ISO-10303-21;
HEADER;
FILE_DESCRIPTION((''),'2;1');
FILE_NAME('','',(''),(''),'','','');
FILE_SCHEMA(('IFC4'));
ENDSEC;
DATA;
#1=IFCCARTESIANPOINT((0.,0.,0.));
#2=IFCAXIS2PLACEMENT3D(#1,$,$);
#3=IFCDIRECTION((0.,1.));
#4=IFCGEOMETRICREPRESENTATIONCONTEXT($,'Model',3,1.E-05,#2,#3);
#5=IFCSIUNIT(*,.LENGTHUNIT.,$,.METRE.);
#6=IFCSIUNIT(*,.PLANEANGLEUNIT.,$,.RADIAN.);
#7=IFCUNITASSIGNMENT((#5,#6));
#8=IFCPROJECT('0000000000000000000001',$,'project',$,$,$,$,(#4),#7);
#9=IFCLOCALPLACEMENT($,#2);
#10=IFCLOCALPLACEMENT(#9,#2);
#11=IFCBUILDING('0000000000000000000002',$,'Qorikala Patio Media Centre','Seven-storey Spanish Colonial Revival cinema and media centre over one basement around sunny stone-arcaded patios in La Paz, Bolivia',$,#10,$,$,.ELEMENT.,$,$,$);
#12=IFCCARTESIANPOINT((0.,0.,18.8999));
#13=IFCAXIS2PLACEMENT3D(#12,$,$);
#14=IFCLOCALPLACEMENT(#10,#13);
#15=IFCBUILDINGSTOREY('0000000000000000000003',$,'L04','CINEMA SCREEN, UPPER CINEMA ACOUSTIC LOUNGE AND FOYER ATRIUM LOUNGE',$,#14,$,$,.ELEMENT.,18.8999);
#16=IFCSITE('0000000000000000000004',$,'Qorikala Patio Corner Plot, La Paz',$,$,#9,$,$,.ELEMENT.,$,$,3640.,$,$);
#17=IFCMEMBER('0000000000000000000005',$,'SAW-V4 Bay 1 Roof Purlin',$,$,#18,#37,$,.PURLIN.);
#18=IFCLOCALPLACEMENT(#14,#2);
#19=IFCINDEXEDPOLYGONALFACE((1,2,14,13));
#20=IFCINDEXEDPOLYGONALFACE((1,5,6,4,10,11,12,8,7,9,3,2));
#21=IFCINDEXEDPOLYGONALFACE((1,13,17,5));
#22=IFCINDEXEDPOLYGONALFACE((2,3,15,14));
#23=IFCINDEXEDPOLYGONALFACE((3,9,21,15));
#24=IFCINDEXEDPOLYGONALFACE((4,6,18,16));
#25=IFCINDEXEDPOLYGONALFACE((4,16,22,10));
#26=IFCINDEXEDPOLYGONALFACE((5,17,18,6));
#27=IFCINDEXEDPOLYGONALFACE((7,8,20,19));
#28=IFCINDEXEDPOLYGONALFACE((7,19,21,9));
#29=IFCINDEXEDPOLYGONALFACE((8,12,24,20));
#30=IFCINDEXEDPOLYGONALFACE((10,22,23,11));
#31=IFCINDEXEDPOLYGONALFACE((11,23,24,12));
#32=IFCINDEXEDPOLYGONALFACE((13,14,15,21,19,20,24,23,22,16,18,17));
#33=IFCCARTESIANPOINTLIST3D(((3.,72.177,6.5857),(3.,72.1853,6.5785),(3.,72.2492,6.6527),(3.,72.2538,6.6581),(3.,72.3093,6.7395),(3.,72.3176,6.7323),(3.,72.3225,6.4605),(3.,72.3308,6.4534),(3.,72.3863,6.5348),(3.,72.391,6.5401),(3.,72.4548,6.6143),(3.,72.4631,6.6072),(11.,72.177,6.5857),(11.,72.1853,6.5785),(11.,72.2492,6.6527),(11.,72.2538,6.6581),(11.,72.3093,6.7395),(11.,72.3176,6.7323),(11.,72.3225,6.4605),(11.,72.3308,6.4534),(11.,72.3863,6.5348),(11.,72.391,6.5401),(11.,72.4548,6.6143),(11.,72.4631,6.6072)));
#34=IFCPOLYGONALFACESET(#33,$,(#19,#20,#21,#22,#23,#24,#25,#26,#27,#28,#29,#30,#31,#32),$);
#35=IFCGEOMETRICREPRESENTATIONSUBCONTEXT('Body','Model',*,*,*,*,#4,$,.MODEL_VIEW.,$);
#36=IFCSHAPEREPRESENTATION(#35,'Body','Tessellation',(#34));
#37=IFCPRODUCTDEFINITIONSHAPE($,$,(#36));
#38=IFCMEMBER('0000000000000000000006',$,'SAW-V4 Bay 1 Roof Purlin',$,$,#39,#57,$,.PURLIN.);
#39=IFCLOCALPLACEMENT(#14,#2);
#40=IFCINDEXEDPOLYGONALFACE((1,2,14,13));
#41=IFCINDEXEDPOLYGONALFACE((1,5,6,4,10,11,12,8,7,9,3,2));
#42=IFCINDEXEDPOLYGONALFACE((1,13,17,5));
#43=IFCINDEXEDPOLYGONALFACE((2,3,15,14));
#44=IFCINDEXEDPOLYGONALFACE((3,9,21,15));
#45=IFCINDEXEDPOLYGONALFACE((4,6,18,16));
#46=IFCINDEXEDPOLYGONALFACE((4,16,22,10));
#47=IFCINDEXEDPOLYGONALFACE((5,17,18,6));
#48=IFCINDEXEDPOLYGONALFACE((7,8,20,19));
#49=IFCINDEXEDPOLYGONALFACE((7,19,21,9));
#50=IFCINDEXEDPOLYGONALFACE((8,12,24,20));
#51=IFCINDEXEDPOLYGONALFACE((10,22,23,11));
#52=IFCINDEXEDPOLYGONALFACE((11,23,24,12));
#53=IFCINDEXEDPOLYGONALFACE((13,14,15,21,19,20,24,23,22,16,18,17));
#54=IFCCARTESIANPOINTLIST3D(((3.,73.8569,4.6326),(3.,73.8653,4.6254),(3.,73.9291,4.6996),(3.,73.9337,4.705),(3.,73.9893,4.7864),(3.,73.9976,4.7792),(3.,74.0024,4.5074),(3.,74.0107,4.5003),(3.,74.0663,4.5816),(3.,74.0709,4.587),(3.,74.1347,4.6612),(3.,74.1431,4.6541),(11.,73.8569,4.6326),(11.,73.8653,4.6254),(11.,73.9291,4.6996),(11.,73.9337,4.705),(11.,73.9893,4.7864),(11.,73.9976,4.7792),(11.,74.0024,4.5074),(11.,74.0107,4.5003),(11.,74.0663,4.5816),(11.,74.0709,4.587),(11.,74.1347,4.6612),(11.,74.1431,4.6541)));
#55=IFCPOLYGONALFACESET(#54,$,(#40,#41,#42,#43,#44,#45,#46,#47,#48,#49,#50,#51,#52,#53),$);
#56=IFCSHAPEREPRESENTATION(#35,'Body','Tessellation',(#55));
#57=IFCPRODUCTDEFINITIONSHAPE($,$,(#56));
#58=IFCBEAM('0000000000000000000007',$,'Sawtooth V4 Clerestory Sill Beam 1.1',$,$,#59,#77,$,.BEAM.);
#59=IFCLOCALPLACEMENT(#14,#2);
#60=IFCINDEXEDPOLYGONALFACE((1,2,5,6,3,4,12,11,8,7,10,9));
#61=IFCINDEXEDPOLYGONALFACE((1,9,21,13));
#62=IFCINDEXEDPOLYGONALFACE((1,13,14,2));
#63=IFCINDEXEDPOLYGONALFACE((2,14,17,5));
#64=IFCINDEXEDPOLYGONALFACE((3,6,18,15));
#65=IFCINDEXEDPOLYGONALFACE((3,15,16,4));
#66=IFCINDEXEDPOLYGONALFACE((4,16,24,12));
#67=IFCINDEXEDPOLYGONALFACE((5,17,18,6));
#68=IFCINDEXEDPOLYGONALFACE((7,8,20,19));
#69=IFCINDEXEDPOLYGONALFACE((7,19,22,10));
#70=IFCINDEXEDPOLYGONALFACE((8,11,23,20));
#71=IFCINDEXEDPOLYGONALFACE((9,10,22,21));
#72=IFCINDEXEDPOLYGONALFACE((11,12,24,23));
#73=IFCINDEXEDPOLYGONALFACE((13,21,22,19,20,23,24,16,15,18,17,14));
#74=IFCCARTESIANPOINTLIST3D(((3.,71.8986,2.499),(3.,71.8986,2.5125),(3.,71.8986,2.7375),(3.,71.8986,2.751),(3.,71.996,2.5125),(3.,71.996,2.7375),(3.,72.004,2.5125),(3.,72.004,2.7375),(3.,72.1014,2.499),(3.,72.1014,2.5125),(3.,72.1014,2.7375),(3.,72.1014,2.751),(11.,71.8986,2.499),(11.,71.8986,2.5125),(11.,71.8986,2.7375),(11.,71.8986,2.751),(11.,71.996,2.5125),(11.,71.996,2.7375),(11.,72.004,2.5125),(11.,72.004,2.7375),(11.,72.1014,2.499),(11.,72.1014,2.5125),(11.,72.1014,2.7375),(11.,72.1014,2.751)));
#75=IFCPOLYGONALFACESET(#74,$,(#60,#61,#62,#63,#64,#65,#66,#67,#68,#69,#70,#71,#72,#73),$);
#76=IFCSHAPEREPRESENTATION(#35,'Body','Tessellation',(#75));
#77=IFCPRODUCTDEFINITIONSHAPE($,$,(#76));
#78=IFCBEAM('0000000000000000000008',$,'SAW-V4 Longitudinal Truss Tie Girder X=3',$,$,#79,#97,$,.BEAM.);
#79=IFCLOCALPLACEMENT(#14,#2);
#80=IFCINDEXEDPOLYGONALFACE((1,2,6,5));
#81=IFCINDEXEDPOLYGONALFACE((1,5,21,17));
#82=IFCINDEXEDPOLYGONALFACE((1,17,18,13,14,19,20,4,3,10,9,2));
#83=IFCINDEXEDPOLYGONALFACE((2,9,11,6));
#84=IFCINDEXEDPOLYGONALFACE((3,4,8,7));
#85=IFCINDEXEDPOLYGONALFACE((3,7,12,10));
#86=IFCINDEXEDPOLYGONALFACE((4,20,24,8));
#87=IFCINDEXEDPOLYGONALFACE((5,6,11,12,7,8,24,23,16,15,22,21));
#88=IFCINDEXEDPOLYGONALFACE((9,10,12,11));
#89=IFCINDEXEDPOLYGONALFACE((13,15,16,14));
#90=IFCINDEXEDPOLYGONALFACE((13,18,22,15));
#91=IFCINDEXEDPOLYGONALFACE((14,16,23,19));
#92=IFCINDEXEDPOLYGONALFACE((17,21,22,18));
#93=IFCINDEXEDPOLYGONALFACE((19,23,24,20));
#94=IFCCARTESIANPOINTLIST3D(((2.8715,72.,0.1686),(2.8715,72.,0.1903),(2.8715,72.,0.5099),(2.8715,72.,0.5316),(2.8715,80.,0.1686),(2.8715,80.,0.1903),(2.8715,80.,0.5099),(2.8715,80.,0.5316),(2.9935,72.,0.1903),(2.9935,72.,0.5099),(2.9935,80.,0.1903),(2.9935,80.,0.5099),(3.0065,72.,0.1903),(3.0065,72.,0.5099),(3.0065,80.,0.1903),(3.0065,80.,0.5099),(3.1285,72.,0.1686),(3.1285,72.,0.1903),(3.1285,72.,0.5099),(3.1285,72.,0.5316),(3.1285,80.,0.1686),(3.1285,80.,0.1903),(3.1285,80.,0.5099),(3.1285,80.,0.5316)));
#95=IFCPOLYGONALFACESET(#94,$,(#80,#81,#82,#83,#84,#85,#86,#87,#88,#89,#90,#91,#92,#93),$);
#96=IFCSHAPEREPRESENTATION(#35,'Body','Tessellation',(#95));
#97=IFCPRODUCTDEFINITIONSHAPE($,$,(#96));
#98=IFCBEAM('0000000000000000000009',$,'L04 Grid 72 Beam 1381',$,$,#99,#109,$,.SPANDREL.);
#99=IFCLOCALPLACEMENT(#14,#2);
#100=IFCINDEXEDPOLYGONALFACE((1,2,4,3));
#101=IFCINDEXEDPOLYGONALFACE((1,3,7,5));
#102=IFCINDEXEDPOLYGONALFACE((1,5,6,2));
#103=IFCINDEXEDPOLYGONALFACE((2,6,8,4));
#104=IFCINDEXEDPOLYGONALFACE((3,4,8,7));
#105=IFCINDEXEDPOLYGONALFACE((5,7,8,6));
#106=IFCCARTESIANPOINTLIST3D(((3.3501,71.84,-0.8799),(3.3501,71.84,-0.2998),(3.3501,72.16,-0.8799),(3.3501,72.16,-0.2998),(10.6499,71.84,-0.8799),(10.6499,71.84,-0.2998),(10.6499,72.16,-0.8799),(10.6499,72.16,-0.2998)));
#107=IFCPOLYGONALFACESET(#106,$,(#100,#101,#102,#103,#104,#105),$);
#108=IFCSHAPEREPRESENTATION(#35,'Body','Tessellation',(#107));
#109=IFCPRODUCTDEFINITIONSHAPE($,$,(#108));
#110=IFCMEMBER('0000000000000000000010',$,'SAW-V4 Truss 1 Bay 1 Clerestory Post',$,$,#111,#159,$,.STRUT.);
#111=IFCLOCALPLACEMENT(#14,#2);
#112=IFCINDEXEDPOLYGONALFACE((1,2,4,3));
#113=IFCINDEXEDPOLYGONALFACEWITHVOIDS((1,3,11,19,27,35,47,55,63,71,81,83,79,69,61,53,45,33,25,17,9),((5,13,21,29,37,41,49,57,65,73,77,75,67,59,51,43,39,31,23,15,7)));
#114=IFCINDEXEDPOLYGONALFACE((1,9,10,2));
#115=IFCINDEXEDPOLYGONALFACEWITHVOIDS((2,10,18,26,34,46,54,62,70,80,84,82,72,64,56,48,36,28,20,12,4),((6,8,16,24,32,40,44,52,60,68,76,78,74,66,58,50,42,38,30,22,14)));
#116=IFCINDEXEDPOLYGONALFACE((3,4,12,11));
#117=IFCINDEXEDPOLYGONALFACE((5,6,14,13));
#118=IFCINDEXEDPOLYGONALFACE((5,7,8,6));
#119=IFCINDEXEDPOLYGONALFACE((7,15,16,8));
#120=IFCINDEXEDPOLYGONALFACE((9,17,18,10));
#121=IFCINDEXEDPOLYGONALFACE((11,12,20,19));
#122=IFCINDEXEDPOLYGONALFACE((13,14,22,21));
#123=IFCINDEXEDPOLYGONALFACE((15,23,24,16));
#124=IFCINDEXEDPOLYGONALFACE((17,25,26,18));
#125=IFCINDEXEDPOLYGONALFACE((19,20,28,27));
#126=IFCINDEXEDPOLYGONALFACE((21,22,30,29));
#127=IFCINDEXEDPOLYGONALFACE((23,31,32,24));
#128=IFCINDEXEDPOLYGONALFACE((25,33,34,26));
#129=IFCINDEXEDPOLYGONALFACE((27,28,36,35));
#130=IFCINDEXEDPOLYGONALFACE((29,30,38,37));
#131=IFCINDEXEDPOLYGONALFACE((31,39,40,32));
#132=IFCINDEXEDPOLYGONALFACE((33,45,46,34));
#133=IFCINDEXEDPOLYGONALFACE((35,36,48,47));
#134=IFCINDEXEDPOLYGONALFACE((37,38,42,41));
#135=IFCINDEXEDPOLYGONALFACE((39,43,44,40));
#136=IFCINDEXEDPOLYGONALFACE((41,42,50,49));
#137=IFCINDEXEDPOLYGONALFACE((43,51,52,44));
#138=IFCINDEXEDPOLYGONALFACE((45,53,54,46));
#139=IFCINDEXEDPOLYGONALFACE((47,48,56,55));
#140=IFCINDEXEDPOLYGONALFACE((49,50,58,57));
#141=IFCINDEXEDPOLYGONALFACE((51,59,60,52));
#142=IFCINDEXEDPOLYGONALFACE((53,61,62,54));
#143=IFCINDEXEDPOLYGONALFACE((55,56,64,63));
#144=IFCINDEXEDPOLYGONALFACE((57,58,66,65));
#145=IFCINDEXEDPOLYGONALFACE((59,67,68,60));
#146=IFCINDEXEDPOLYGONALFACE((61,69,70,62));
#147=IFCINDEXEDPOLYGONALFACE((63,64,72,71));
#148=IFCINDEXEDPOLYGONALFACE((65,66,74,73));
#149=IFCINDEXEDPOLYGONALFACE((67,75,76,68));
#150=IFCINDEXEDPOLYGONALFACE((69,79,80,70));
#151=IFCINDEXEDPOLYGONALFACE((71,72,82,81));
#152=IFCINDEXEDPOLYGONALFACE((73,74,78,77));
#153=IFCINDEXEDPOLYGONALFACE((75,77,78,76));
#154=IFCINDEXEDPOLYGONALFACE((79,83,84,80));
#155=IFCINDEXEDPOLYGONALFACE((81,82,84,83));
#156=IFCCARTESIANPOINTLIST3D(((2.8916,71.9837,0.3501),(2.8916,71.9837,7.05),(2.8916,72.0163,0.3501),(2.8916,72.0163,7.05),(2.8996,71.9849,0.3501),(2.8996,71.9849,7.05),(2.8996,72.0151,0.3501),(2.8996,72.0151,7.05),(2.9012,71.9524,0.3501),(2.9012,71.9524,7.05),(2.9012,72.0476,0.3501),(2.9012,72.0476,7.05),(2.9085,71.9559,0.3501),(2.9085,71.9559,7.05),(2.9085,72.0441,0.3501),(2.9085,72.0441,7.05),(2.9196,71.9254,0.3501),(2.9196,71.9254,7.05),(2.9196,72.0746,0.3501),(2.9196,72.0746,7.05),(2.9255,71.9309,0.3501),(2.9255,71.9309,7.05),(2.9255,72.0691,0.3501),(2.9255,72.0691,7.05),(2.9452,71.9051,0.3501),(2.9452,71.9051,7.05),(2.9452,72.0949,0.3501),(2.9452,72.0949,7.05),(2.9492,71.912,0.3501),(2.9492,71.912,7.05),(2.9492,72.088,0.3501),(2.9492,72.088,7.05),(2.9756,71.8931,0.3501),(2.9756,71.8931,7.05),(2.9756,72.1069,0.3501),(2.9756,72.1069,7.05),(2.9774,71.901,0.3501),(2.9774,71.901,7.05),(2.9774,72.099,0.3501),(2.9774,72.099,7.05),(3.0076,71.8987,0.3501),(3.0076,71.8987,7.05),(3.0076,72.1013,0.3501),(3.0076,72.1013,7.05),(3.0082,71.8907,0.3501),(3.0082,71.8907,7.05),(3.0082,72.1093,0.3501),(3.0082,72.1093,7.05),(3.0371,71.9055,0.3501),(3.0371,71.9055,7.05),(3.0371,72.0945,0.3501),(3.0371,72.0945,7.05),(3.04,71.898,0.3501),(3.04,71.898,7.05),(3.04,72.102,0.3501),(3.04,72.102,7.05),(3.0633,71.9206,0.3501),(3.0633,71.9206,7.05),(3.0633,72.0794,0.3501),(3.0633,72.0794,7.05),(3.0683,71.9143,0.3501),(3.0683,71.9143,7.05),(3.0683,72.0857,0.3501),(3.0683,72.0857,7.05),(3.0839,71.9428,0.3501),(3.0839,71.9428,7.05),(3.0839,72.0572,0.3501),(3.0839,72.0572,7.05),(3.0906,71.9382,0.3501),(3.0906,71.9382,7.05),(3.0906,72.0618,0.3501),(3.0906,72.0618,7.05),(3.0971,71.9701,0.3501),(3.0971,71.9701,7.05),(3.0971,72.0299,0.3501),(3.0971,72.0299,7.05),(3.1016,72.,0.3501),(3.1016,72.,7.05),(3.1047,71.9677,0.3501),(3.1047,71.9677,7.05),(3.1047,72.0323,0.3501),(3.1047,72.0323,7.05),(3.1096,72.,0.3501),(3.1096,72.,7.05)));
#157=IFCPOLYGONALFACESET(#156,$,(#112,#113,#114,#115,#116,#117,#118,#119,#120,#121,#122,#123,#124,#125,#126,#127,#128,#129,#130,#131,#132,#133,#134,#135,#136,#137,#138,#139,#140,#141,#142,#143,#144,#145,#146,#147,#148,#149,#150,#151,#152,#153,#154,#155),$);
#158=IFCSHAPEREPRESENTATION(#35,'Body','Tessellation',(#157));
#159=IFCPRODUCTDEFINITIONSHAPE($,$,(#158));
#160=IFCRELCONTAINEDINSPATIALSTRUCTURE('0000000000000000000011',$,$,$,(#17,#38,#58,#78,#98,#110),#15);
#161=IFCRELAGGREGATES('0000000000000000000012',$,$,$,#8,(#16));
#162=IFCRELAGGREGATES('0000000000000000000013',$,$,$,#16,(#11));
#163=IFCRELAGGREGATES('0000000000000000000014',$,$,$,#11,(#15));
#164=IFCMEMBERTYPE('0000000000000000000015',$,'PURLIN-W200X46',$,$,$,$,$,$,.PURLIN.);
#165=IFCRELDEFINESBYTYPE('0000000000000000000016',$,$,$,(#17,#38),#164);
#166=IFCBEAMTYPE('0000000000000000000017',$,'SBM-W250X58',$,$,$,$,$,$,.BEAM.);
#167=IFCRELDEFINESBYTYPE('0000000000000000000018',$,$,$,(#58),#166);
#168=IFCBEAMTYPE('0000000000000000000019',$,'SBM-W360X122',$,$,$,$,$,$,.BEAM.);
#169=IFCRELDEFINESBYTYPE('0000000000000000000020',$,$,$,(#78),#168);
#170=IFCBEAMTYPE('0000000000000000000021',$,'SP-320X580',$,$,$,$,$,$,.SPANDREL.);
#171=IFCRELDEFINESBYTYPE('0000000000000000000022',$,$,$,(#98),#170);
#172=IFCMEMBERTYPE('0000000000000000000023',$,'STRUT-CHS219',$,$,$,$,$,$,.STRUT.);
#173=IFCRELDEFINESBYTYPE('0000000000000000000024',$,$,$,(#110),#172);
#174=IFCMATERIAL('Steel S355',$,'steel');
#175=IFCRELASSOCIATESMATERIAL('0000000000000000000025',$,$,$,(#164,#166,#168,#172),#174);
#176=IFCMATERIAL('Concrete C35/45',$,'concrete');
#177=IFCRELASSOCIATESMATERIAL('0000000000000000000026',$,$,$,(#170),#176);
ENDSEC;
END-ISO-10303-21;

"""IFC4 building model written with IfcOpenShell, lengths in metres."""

from ifc_helpers import new_model, si_unit, direction, frame, origin, origin_2d, place, context, subcontext, project, spatial, rectangle, hollow_circle, i_section, extrude, material, material_profile, profile_set, type_object, element, save


model = new_model("IFC4")

# Units and contexts
model_context = context("Model", 3, precision=1e-05, world=origin(), true_north=direction((0.0, 1.0)))
body_context = subcontext(model_context, "Body", "Model", "MODEL_VIEW")
ifc_project = project(units=[si_unit("LENGTHUNIT", "METRE"), si_unit("PLANEANGLEUNIT", "RADIAN")], contexts=[model_context])

# Site, building, storey
site_placement = place(None, origin())
site = spatial("IfcSite", under=ifc_project, at=site_placement, Name="Qorikala Patio Corner Plot, La Paz", CompositionType="ELEMENT", RefElevation=3640.0)
building_placement = place(site_placement, origin())
building = spatial("IfcBuilding", under=site, at=building_placement, Name="Qorikala Patio Media Centre", Description="Seven-storey Spanish Colonial Revival cinema and media centre over one basement around sunny stone-arcaded patios in La Paz, Bolivia", CompositionType="ELEMENT")
storey_placement = place(building_placement, frame((0.0, 0.0, 18.8999)))
storey = spatial("IfcBuildingStorey", under=building, at=storey_placement, Name="L04", Description="CINEMA SCREEN, UPPER CINEMA ACOUSTIC LOUNGE AND FOYER ATRIUM LOUNGE", CompositionType="ELEMENT", Elevation=18.8999)

# Shared definitions
ifc_material_1 = material(Name="Concrete C35/45", Category="concrete")

# Shared definitions
ifc_material_2 = material(Name="Steel S355", Category="steel")

# Members
ifc_material_profile_1 = material_profile(ifc_material_2, i_section(OverallWidth=0.2029, OverallDepth=0.2029, WebThickness=0.0071, FlangeThickness=0.011, at=origin_2d()), Name="W200X46")
ifc_profile_set_1 = profile_set([ifc_material_profile_1], Name="Steel S355")
member_type_1 = type_object("IfcMemberType", Name="PURLIN-W200X46", PredefinedType="PURLIN", material=ifc_profile_set_1)
for number, where, z_axis, x_axis, name in (
    (1, (3.0, 72.3201, 6.5964), (1.0, 0.0, 0.0), (0.0, 0.652138, 0.7581), "SAW-V4 Bay 1 Roof Purlin"),
    (2, (3.0, 74.0, 4.6433), (1.0, 0.0, 0.0), (0.0, 0.652138, 0.7581), "SAW-V4 Bay 1 Roof Purlin"),
):
    element("IfcMember", number, at=place(storey_placement, frame(where, z_axis=z_axis, x_axis=x_axis)), inside=storey, type_object=member_type_1, Name=name, PredefinedType="PURLIN", context=body_context, shape_type="SweptSolid", body=[
        extrude(i_section(OverallWidth=0.2029, OverallDepth=0.2029, WebThickness=0.0071, FlangeThickness=0.011, at=origin_2d()), origin(), (0.0, 0.0, 1.0), 8.0),
    ])

# Beams
ifc_material_profile_2 = material_profile(ifc_material_2, i_section(OverallWidth=0.2029, OverallDepth=0.252, WebThickness=0.0081, FlangeThickness=0.0134, at=origin_2d()), Name="W250X58")
ifc_profile_set_2 = profile_set([ifc_material_profile_2], Name="Steel S355")
beam_type_1 = type_object("IfcBeamType", Name="SBM-W250X58", PredefinedType="BEAM", material=ifc_profile_set_2)
beam_1_placement = place(storey_placement, frame((3.0, 72.0, 2.625), z_axis=(1.0, 0.0, 0.0), x_axis=(0.0, 1.0, 0.0)))
element("IfcBeam", 3, at=beam_1_placement, inside=storey, type_object=beam_type_1, Name="Sawtooth V4 Clerestory Sill Beam 1.1", PredefinedType="BEAM", context=body_context, shape_type="SweptSolid", body=[
    extrude(i_section(OverallWidth=0.2029, OverallDepth=0.252, WebThickness=0.0081, FlangeThickness=0.0134, at=origin_2d()), origin(), (0.0, 0.0, 1.0), 8.0),
])
ifc_material_profile_3 = material_profile(ifc_material_2, i_section(OverallWidth=0.2571, OverallDepth=0.363, WebThickness=0.0129, FlangeThickness=0.0217, at=origin_2d()), Name="W360X122")
ifc_profile_set_3 = profile_set([ifc_material_profile_3], Name="Steel S355")
beam_type_2 = type_object("IfcBeamType", Name="SBM-W360X122", PredefinedType="BEAM", material=ifc_profile_set_3)
beam_2_placement = place(storey_placement, frame((3.0, 72.0, 0.3501), z_axis=(0.0, 1.0, 0.0), x_axis=(-1.0, 0.0, 0.0)))
element("IfcBeam", 4, at=beam_2_placement, inside=storey, type_object=beam_type_2, Name="SAW-V4 Longitudinal Truss Tie Girder X=3", PredefinedType="BEAM", context=body_context, shape_type="SweptSolid", body=[
    extrude(i_section(OverallWidth=0.2571, OverallDepth=0.363, WebThickness=0.0129, FlangeThickness=0.0217, at=origin_2d()), origin(), (0.0, 0.0, 1.0), 8.0),
])
ifc_material_profile_4 = material_profile(ifc_material_1, rectangle(XDim=0.3201, YDim=0.5801, at=origin_2d()), Name="RC 320x580")
ifc_profile_set_4 = profile_set([ifc_material_profile_4], Name="Concrete C35/45")
beam_type_3 = type_object("IfcBeamType", Name="SP-320X580", PredefinedType="SPANDREL", material=ifc_profile_set_4)
beam_3_placement = place(storey_placement, frame((3.3501, 72.0, -0.5898), z_axis=(1.0, 0.0, 0.0), x_axis=(0.0, 1.0, 0.0)))
element("IfcBeam", 5, at=beam_3_placement, inside=storey, type_object=beam_type_3, Name="L04 Grid 72 Beam 1381", PredefinedType="SPANDREL", context=body_context, shape_type="SweptSolid", body=[
    extrude(rectangle(XDim=0.3201, YDim=0.5801, at=origin_2d()), origin(), (0.0, 0.0, 1.0), 7.2998),
])

# Member
ifc_material_profile_5 = material_profile(ifc_material_2, hollow_circle(Radius=0.1096, WallThickness=0.0081, at=origin_2d()), Name="CHS219X8")
ifc_profile_set_5 = profile_set([ifc_material_profile_5], Name="Steel S355")
member_type_2 = type_object("IfcMemberType", Name="STRUT-CHS219", PredefinedType="STRUT", material=ifc_profile_set_5)
member_1_placement = place(storey_placement, frame((3.0, 72.0, 0.3501), z_axis=(0.0, 0.0, 1.0), x_axis=(1.0, 0.0, 0.0)))
element("IfcMember", 6, at=member_1_placement, inside=storey, type_object=member_type_2, Name="SAW-V4 Truss 1 Bay 1 Clerestory Post", PredefinedType="STRUT", context=body_context, shape_type="SweptSolid", body=[
    extrude(hollow_circle(Radius=0.1096, WallThickness=0.0081, at=origin_2d()), origin(), (0.0, 0.0, 1.0), 6.7),
])

save(model, "model.ifc")
